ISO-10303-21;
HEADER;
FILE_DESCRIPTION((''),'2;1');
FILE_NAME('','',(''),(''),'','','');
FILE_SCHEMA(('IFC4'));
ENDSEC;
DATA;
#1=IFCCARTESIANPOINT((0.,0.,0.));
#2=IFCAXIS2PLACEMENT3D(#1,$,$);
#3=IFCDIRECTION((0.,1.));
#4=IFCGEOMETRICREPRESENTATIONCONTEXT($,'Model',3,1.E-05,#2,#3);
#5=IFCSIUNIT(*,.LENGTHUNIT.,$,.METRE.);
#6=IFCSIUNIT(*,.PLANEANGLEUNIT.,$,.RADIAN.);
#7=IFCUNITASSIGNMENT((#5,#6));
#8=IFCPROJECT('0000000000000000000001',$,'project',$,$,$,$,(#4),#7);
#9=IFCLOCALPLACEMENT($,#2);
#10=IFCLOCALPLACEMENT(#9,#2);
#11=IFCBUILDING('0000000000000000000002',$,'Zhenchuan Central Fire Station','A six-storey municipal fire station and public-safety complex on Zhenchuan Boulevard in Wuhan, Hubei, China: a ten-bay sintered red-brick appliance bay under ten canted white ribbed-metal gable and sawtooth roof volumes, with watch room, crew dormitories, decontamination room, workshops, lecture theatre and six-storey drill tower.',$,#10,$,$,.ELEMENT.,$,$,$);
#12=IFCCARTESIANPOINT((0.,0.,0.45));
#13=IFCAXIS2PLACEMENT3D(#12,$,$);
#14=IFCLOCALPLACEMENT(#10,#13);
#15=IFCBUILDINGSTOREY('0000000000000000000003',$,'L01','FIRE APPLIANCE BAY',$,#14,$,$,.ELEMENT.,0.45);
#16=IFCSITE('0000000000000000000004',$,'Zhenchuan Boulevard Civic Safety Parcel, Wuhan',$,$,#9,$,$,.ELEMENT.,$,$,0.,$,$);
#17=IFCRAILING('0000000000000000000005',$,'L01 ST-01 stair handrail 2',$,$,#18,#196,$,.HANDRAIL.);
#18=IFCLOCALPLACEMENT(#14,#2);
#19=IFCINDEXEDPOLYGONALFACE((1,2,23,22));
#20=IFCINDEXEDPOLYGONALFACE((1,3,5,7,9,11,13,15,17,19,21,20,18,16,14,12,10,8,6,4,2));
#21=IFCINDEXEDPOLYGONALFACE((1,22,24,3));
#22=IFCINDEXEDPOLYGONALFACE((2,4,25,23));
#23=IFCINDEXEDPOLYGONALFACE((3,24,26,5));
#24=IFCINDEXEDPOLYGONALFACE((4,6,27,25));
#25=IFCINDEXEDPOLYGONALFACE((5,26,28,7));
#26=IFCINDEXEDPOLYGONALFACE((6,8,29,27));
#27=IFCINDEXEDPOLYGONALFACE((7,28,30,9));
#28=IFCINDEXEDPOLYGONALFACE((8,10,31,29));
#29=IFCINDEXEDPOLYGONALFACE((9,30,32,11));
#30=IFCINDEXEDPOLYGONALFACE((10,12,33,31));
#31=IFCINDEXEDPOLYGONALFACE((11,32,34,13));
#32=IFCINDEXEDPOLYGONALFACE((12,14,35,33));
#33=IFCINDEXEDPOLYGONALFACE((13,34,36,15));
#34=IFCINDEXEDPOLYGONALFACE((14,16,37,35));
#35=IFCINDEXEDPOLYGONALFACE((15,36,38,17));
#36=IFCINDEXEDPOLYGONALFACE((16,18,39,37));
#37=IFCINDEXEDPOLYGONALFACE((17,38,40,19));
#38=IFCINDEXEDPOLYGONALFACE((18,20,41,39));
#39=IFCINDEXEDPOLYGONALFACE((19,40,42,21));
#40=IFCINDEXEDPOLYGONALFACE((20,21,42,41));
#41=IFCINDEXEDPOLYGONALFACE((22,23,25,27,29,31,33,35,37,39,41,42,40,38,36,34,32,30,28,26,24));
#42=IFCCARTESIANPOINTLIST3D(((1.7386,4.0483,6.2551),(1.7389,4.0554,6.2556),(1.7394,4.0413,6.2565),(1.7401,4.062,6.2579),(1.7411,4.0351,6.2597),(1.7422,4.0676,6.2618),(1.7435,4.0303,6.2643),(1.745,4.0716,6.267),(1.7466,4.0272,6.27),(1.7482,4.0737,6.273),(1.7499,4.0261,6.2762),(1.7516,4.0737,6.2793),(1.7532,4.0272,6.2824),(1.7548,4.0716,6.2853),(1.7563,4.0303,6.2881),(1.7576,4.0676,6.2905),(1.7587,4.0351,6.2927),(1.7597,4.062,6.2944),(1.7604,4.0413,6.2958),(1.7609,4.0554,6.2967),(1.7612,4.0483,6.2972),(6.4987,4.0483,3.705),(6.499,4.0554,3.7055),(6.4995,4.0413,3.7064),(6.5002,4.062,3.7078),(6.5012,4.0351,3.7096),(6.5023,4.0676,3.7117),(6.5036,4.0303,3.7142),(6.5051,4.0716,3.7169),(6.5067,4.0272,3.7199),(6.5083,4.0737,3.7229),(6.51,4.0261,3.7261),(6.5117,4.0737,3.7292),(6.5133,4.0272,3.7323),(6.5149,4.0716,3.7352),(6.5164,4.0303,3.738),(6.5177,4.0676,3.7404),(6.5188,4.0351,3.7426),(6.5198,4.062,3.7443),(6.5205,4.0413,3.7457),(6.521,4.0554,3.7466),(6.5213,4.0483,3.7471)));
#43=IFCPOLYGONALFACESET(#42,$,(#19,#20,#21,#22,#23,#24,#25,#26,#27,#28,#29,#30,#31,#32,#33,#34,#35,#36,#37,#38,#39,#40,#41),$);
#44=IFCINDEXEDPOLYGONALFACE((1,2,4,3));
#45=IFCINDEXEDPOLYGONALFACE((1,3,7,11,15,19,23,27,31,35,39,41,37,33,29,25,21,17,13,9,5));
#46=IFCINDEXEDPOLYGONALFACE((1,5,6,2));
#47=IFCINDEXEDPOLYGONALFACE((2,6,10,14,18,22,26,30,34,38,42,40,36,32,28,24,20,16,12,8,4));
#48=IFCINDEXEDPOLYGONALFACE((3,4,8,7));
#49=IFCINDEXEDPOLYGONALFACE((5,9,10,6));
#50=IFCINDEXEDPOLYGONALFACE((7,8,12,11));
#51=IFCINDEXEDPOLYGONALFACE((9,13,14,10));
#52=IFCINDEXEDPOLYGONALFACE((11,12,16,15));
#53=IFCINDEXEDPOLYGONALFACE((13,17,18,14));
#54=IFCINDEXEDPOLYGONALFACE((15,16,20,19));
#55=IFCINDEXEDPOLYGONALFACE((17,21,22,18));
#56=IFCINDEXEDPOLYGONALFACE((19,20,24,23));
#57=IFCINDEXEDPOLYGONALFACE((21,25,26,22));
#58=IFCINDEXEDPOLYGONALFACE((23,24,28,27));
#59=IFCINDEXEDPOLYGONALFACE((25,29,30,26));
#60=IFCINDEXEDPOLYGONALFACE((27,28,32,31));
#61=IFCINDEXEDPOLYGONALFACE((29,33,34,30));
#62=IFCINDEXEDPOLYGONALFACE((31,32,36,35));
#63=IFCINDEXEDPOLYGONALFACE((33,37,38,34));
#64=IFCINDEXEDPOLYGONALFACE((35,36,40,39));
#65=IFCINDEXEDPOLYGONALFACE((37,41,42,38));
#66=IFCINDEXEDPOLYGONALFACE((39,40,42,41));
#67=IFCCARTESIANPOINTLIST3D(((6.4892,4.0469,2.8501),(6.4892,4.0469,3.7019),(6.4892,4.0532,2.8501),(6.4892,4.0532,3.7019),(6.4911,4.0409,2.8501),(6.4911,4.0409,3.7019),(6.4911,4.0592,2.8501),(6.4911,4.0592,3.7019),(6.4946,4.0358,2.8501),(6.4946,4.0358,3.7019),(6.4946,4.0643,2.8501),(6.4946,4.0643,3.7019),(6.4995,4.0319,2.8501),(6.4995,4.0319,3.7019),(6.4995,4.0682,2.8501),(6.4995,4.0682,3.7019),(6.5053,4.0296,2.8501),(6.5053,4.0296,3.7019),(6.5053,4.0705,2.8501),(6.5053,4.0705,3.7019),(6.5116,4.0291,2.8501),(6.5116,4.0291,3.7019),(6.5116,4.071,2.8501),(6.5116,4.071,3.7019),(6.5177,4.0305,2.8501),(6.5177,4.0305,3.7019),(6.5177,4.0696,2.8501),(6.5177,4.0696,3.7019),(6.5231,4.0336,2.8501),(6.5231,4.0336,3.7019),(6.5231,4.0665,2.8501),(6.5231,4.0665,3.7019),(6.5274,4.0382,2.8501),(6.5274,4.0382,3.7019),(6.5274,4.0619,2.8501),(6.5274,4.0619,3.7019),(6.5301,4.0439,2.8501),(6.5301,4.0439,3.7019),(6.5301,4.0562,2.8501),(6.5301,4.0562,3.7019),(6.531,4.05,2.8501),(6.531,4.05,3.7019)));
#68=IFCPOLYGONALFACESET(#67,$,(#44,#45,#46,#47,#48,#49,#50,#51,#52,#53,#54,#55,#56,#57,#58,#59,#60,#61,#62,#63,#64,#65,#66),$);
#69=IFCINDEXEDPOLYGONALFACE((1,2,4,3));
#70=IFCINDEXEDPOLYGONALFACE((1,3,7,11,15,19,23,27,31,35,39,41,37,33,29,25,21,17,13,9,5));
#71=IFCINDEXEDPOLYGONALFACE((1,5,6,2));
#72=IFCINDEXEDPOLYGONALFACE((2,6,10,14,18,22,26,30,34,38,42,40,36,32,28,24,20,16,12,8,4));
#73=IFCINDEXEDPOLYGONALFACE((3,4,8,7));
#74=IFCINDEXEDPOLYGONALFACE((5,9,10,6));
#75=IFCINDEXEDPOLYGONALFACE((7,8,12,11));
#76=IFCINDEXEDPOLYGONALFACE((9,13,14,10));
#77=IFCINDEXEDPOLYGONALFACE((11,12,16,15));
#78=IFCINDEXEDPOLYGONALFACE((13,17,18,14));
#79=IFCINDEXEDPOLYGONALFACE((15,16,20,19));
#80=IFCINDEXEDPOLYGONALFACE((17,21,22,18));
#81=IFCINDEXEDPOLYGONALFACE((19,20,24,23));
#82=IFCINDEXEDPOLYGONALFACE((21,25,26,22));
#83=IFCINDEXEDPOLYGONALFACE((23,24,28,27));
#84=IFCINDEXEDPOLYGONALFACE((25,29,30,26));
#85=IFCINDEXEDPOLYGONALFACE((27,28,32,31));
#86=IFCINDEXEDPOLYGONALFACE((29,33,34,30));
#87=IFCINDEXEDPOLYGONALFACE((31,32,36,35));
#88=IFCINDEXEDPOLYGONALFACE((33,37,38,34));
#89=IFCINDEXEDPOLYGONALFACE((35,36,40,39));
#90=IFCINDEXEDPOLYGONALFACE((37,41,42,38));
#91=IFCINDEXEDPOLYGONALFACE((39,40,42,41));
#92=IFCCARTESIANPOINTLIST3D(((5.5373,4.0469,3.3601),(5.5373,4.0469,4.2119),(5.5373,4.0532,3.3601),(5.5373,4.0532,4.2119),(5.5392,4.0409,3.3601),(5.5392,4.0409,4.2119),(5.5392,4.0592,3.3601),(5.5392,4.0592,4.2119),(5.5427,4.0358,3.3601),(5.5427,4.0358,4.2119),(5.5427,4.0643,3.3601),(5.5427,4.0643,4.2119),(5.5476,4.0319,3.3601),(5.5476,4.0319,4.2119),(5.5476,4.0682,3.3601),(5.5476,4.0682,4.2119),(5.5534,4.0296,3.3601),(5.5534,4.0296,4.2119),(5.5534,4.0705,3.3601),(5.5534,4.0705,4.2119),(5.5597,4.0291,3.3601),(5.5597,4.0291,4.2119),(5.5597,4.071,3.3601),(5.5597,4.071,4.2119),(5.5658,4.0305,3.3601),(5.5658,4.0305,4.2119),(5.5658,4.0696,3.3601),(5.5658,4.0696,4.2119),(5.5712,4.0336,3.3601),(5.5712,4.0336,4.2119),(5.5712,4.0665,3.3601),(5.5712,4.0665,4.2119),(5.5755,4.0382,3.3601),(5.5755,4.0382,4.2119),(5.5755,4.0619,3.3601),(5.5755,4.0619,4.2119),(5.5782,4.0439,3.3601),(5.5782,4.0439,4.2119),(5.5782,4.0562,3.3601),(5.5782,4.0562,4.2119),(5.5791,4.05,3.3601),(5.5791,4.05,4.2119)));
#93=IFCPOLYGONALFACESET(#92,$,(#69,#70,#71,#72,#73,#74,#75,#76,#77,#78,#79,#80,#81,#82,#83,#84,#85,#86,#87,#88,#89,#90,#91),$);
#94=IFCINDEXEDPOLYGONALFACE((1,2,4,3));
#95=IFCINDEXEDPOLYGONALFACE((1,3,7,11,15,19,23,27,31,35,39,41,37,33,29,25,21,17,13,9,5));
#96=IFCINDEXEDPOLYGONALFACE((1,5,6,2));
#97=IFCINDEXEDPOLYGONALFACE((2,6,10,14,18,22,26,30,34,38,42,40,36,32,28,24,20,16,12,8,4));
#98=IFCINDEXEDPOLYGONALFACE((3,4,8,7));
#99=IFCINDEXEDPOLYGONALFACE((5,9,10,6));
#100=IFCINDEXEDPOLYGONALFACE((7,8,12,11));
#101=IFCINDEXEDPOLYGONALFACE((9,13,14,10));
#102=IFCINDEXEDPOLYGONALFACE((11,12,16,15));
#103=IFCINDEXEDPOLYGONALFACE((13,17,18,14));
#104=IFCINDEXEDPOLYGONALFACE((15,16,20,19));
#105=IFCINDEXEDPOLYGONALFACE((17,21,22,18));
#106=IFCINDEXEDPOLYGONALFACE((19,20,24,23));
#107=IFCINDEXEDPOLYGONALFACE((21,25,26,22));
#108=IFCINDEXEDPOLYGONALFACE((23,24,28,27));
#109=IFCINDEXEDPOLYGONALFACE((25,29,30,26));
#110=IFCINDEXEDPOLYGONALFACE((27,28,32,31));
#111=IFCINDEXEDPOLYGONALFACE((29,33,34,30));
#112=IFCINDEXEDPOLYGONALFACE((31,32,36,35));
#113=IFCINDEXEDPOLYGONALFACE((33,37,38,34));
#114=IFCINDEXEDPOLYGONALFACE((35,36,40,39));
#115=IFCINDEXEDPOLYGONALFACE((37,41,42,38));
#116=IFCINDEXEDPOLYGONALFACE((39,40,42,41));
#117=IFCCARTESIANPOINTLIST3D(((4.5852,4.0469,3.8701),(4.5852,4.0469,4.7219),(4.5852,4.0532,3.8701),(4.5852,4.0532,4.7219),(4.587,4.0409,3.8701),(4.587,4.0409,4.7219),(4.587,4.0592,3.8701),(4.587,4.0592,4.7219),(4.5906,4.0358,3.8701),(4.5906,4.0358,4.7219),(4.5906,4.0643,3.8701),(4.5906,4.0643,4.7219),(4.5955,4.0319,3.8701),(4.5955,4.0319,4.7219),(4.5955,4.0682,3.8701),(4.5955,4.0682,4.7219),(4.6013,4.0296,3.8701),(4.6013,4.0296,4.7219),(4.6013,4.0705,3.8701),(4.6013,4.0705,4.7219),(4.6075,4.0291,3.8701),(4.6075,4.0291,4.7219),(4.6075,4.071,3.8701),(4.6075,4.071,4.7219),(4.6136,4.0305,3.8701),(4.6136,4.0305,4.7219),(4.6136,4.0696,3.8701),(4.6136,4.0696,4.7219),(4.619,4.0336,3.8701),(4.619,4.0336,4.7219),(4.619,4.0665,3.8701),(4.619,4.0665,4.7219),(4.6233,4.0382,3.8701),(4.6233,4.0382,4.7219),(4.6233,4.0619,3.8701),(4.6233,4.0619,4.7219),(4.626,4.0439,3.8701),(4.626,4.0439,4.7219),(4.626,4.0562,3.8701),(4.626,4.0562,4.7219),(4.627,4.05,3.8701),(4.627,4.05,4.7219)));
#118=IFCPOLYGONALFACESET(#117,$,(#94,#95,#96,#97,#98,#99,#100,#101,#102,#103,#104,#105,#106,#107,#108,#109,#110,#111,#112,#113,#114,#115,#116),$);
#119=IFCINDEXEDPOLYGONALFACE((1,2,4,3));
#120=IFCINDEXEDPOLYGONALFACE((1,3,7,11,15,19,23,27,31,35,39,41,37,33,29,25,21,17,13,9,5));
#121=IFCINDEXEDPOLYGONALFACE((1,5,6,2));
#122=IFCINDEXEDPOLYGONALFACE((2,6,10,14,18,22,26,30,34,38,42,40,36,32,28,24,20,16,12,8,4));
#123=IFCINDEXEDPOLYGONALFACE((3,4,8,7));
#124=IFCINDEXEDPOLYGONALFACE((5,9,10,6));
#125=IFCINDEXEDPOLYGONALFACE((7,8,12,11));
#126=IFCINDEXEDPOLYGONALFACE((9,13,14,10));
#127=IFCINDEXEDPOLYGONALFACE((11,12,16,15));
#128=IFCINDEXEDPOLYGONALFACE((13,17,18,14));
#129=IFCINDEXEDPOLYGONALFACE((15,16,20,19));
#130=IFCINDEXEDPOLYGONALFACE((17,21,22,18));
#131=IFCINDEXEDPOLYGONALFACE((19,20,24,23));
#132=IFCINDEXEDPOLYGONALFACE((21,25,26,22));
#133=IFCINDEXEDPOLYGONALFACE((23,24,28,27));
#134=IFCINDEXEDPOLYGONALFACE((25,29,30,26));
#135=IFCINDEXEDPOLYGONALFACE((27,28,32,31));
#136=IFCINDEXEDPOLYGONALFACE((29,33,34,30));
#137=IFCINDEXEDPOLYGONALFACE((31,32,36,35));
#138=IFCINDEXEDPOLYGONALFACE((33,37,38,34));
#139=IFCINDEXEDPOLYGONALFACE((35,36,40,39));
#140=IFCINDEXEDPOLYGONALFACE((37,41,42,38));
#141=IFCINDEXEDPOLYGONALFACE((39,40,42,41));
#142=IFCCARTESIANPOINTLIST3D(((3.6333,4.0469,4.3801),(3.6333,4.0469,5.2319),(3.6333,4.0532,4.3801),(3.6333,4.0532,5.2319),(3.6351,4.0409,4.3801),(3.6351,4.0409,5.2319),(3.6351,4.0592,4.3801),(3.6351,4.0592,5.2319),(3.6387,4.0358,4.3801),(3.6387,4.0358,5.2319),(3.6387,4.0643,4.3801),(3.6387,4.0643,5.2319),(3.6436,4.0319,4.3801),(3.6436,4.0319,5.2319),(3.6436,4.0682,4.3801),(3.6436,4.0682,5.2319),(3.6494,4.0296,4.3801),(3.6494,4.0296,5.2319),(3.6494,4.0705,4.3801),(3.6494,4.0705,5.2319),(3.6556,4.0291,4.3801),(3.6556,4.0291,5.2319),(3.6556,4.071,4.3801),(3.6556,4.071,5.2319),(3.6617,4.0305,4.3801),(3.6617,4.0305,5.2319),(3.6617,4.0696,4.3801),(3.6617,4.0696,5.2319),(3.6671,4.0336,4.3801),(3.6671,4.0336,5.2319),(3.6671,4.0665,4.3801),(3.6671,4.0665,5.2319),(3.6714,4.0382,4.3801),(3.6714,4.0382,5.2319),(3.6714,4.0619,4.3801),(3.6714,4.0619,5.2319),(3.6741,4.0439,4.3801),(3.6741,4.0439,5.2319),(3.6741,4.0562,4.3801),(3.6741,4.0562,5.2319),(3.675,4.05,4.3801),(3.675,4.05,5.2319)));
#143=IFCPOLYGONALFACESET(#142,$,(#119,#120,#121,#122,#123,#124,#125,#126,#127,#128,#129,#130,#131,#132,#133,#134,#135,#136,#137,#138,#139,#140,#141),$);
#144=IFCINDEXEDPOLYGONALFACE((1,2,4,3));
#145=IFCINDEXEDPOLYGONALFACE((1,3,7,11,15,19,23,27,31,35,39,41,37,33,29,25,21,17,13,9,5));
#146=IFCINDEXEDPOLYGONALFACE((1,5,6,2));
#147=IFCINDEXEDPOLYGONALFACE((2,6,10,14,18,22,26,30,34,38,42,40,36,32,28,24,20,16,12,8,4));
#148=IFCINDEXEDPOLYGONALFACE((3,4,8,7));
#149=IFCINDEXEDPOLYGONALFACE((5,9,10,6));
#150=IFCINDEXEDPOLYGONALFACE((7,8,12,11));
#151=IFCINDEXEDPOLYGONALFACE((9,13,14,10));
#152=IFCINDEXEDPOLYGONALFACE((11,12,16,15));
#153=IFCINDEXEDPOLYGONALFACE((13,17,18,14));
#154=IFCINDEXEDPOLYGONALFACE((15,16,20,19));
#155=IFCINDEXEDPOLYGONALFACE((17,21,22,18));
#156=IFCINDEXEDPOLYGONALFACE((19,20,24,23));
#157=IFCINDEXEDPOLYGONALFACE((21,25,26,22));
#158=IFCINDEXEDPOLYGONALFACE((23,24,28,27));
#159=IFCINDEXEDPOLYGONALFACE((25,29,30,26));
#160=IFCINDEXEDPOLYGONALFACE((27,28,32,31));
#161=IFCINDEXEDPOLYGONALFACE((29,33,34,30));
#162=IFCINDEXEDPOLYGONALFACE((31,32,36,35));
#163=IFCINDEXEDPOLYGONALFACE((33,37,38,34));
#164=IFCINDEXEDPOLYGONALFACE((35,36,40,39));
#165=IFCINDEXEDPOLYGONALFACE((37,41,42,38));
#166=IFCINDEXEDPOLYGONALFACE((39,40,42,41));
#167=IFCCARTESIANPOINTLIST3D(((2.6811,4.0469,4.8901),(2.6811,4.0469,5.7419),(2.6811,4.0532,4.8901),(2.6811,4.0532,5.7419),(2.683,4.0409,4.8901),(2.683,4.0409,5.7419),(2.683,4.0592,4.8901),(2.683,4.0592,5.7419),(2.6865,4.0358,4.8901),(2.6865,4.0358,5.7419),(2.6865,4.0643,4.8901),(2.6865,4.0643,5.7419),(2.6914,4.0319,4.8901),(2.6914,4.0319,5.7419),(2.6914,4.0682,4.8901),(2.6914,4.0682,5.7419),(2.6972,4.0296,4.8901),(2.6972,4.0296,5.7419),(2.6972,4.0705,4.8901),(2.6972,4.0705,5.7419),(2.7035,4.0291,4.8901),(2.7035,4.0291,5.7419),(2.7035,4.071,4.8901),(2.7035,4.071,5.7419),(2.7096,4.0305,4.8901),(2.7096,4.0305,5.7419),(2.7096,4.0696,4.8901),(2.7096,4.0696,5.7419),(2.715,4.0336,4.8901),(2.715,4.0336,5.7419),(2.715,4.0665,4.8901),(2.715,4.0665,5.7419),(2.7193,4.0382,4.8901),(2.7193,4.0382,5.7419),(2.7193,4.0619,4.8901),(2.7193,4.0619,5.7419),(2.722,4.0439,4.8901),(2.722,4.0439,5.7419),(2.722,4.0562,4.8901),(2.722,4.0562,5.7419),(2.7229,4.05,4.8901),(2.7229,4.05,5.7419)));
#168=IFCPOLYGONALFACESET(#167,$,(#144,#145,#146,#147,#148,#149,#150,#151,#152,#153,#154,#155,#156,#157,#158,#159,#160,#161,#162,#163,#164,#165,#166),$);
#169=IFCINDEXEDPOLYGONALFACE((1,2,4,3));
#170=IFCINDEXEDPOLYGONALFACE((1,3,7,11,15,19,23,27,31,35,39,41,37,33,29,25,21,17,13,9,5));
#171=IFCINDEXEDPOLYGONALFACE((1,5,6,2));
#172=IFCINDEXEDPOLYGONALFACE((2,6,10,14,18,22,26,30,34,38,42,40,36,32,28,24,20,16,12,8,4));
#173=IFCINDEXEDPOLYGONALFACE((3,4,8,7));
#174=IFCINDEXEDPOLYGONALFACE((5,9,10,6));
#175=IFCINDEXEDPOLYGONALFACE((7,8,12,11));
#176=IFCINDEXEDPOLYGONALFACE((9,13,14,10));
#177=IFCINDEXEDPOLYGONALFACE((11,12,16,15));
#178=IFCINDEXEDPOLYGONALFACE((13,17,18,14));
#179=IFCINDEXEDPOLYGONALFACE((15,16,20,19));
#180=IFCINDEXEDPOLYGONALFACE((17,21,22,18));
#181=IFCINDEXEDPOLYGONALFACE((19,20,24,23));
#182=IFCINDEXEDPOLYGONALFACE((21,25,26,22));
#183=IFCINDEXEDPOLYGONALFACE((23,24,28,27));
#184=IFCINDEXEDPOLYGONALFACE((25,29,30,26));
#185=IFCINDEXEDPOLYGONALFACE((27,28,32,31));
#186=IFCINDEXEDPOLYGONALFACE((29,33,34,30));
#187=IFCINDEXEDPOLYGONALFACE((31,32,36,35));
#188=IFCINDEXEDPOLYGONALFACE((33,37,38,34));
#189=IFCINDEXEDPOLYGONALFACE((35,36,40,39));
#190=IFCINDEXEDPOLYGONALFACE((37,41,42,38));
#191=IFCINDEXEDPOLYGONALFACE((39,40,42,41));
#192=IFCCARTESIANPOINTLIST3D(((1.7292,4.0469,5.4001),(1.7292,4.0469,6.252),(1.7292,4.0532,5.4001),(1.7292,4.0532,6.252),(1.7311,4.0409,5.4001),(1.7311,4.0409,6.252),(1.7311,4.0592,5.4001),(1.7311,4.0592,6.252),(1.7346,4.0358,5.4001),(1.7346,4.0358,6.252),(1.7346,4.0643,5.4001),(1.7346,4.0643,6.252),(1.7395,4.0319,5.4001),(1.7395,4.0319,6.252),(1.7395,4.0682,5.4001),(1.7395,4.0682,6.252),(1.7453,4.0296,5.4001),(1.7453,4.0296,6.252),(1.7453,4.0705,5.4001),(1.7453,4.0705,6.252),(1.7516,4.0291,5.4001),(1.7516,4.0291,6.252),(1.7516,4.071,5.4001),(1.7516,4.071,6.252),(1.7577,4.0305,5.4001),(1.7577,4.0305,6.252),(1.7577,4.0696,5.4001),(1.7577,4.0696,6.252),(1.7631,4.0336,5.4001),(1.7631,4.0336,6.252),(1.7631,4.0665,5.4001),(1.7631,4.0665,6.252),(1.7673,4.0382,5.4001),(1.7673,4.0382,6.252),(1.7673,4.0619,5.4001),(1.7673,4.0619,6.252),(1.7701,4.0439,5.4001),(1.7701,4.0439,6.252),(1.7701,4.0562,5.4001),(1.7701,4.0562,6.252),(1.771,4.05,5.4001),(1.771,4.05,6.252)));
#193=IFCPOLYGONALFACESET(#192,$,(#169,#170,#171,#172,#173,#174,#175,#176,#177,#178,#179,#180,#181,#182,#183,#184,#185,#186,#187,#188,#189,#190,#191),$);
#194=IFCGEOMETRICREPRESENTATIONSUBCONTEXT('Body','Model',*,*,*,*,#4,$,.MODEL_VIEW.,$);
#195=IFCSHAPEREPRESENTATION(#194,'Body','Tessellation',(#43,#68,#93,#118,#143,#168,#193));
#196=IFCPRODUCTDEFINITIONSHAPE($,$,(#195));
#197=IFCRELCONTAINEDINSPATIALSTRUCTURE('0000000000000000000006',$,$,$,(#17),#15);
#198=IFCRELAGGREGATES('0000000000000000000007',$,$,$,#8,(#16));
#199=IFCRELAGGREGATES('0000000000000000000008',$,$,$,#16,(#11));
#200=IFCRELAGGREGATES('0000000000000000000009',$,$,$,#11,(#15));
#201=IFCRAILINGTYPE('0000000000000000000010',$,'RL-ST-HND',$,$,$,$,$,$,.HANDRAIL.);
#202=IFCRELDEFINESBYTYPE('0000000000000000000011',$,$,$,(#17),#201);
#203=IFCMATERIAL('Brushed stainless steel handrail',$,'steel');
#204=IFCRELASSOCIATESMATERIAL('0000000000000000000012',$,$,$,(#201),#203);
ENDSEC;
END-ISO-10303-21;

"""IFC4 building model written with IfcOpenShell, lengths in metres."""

from ifc_helpers import new_model, si_unit, direction, frame, origin, origin_2d, place, context, subcontext, project, spatial, circle, extrude, material, type_object, element, save


model = new_model("IFC4")

# Units and contexts
model_context = context("Model", 3, precision=1e-05, world=origin(), true_north=direction((0.0, 1.0)))
body_context = subcontext(model_context, "Body", "Model", "MODEL_VIEW")
ifc_project = project(units=[si_unit("LENGTHUNIT", "METRE"), si_unit("PLANEANGLEUNIT", "RADIAN")], contexts=[model_context])

# Site, building, storey
site_placement = place(None, origin())
site = spatial("IfcSite", under=ifc_project, at=site_placement, Name="Zhenchuan Boulevard Civic Safety Parcel, Wuhan", CompositionType="ELEMENT", RefElevation=0.0)
building_placement = place(site_placement, origin())
building = spatial("IfcBuilding", under=site, at=building_placement, Name="Zhenchuan Central Fire Station", Description="A six-storey municipal fire station and public-safety complex on Zhenchuan Boulevard in Wuhan, Hubei, China: a ten-bay sintered red-brick appliance bay under ten canted white ribbed-metal gable and sawtooth roof volumes, with watch room, crew dormitories, decontamination room, workshops, lecture theatre and six-storey drill tower.", CompositionType="ELEMENT")
storey_placement = place(building_placement, frame((0.0, 0.0, 0.45)))
storey = spatial("IfcBuildingStorey", under=building, at=storey_placement, Name="L01", Description="FIRE APPLIANCE BAY", CompositionType="ELEMENT", Elevation=0.45)

# Railing
ifc_material_1 = material(Name="Brushed stainless steel handrail", Category="steel")
railing_type = type_object("IfcRailingType", Name="RL-ST-HND", PredefinedType="HANDRAIL", material=ifc_material_1)
railing_placement = place(storey_placement, frame((6.51, 4.05, 2.8501)))
element("IfcRailing", 1, at=railing_placement, inside=storey, type_object=railing_type, Name="L01 ST-01 stair handrail 2", PredefinedType="HANDRAIL", context=body_context, shape_type="SweptSolid", body=[
    extrude(circle(Radius=0.0239, at=origin_2d()), frame((0.0, 0.0, 0.876), z_axis=(-0.881477, 0.0, 0.472228), x_axis=(0.0, -1.0, 0.0)), (0.0, 0.0, 1.0), 5.4001),
    extrude(circle(Radius=0.021, at=origin_2d()), origin(), (0.0, 0.0, 1.0), 0.8518),
    extrude(circle(Radius=0.021, at=origin_2d()), frame((-0.9519, 0.0, 0.51)), (0.0, 0.0, 1.0), 0.8518),
    extrude(circle(Radius=0.021, at=origin_2d()), frame((-1.9041, 0.0, 1.02)), (0.0, 0.0, 1.0), 0.8518),
    extrude(circle(Radius=0.021, at=origin_2d()), frame((-2.856, 0.0, 1.53)), (0.0, 0.0, 1.0), 0.8518),
    extrude(circle(Radius=0.021, at=origin_2d()), frame((-3.8081, 0.0, 2.04)), (0.0, 0.0, 1.0), 0.8518),
    extrude(circle(Radius=0.021, at=origin_2d()), frame((-4.76, 0.0, 2.55)), (0.0, 0.0, 1.0), 0.8518),
])

save(model, "model.ifc")
